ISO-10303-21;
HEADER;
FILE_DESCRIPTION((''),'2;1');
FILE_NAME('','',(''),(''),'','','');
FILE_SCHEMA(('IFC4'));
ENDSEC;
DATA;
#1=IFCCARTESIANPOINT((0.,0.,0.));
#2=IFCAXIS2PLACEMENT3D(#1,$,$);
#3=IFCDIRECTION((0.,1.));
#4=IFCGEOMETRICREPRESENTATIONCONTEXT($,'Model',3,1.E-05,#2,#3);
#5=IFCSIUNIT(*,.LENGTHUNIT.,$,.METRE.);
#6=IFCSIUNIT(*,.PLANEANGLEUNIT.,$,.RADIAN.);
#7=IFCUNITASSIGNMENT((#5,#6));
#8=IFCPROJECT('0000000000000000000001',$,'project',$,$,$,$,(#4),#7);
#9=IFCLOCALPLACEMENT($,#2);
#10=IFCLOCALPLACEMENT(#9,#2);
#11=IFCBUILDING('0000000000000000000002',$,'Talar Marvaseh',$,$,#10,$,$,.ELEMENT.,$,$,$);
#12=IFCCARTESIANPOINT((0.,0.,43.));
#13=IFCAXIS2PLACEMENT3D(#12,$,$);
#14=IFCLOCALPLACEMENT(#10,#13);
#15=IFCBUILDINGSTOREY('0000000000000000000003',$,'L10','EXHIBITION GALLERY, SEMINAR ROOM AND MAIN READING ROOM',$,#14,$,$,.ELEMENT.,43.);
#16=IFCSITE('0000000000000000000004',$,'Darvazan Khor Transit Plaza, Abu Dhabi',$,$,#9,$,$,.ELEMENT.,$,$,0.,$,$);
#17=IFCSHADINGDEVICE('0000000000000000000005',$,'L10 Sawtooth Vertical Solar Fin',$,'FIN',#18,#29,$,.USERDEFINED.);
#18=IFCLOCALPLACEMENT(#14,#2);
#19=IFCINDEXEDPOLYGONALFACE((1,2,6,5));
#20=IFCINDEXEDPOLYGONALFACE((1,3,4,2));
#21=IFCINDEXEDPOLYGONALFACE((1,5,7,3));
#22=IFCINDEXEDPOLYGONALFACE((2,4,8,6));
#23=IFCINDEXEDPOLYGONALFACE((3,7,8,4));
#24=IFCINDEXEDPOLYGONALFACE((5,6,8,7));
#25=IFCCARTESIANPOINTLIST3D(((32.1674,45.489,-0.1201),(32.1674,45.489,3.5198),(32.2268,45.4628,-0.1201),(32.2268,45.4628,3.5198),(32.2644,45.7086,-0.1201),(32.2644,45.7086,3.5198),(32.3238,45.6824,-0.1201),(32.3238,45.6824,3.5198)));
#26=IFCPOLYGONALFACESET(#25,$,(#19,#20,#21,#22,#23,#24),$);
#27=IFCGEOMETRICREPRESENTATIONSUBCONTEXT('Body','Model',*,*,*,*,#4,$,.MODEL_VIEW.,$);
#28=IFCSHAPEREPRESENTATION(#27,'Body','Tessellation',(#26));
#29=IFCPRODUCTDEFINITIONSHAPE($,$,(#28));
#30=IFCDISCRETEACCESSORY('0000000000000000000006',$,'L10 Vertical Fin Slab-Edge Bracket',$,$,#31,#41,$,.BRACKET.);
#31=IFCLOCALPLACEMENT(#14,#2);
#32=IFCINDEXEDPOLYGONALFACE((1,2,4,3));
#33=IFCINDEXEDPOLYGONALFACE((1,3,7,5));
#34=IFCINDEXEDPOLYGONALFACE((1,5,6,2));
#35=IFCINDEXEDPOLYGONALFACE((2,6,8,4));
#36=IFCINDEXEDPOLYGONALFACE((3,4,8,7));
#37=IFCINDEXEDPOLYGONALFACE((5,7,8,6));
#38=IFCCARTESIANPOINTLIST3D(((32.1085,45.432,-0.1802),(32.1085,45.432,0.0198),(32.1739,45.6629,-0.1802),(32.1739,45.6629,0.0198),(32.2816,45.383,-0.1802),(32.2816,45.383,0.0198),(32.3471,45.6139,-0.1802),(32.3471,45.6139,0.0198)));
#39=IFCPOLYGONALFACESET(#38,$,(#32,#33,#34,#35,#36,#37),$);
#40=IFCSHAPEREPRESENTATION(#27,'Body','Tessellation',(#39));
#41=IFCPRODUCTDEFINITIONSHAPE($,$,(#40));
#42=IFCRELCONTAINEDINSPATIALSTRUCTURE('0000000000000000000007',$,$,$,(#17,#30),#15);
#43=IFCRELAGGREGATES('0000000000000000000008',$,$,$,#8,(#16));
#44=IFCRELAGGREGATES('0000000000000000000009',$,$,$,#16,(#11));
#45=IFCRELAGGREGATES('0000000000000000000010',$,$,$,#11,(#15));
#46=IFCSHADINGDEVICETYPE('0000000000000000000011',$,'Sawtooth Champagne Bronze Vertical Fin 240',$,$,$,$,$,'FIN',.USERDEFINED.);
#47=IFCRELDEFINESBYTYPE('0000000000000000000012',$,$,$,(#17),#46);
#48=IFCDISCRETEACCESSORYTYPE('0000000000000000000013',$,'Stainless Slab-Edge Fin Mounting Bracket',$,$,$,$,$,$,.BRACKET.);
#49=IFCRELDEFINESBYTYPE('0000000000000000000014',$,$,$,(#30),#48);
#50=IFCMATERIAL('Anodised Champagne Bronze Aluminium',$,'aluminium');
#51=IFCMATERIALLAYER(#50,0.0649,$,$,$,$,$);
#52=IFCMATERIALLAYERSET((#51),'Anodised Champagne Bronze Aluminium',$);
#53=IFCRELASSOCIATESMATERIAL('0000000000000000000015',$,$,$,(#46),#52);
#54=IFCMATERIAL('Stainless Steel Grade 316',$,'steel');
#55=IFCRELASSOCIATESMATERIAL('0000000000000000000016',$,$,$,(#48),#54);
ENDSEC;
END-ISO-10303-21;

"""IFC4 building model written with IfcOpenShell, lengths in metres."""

from ifc_helpers import new_model, si_unit, direction, frame, origin, origin_2d, place, context, subcontext, project, spatial, rectangle, extrude, source, transform, mapped, material, layer, layer_set, type_object, type_shapes, element, save


model = new_model("IFC4")

# Units and contexts
model_context = context("Model", 3, precision=1e-05, world=origin(), true_north=direction((0.0, 1.0)))
body_context = subcontext(model_context, "Body", "Model", "MODEL_VIEW")
ifc_project = project(units=[si_unit("LENGTHUNIT", "METRE"), si_unit("PLANEANGLEUNIT", "RADIAN")], contexts=[model_context])

# Site, building, storey
site_placement = place(None, origin())
site = spatial("IfcSite", under=ifc_project, at=site_placement, Name="Darvazan Khor Transit Plaza, Abu Dhabi", CompositionType="ELEMENT", RefElevation=0.0)
building_placement = place(site_placement, origin())
building = spatial("IfcBuilding", under=site, at=building_placement, Name="Talar Marvaseh", CompositionType="ELEMENT")
storey_placement = place(building_placement, frame((0.0, 0.0, 43.0)))
storey = spatial("IfcBuildingStorey", under=building, at=storey_placement, Name="L10", Description="EXHIBITION GALLERY, SEMINAR ROOM AND MAIN READING ROOM", CompositionType="ELEMENT", Elevation=43.0)

# Shared definitions
ifc_material_1 = material(Name="Stainless Steel Grade 316", Category="steel")

# Shading device
ifc_material_2 = material(Name="Anodised Champagne Bronze Aluminium", Category="aluminium")
ifc_layer_1 = layer(ifc_material_2, 0.0649)
ifc_layer_set_1 = layer_set([ifc_layer_1], Name="Anodised Champagne Bronze Aluminium")
shading_device_type = type_object("IfcShadingDeviceType", Name="Sawtooth Champagne Bronze Vertical Fin 240", ElementType="FIN", PredefinedType="USERDEFINED", material=ifc_layer_set_1)
shared_shape_1 = source(origin(), body_context, "Body", "SweptSolid", [
    extrude(rectangle(XDim=0.24, YDim=0.0649, at=origin_2d()), origin(), (0.0, 0.0, 1.0), 3.6399),
])
type_shapes(shading_device_type, [shared_shape_1])
shading_device_placement = place(storey_placement, frame((32.2456, 45.5857, -0.1201), z_axis=(0.0, 0.0, 1.0), x_axis=(0.403865, 0.914819, 0.0)))
element("IfcShadingDevice", 1, at=shading_device_placement, inside=storey, type_object=shading_device_type, Name="L10 Sawtooth Vertical Solar Fin", ObjectType="FIN", PredefinedType="USERDEFINED", context=body_context, shape_type="MappedRepresentation", body=[
    mapped(shared_shape_1, transform((0.0, 0.0, 0.0), x_axis=(1.0, 0.0, 0.0), y_axis=(0.0, 1.0, 0.0), z_axis=(0.0, 0.0, 1.0), scale=1.0)),
])

# Discrete accessory
discrete_accessory_type = type_object("IfcDiscreteAccessoryType", Name="Stainless Slab-Edge Fin Mounting Bracket", PredefinedType="BRACKET", material=ifc_material_1)
shared_shape_2 = source(origin(), body_context, "Body", "SweptSolid", [
    extrude(rectangle(XDim=0.24, YDim=0.1799, at=origin_2d()), origin(), (0.0, 0.0, 1.0), 0.2),
])
type_shapes(discrete_accessory_type, [shared_shape_2])
discrete_accessory_placement = place(storey_placement, frame((32.2278, 45.5229, -0.1802), z_axis=(0.0, 0.0, 1.0), x_axis=(0.272616, 0.962123, 0.0)))
element("IfcDiscreteAccessory", 2, at=discrete_accessory_placement, inside=storey, type_object=discrete_accessory_type, Name="L10 Vertical Fin Slab-Edge Bracket", PredefinedType="BRACKET", context=body_context, shape_type="MappedRepresentation", body=[
    mapped(shared_shape_2, transform((0.0, 0.0, 0.0), x_axis=(1.0, 0.0, 0.0), y_axis=(0.0, 1.0, 0.0), z_axis=(0.0, 0.0, 1.0), scale=1.0)),
])

save(model, "model.ifc")
